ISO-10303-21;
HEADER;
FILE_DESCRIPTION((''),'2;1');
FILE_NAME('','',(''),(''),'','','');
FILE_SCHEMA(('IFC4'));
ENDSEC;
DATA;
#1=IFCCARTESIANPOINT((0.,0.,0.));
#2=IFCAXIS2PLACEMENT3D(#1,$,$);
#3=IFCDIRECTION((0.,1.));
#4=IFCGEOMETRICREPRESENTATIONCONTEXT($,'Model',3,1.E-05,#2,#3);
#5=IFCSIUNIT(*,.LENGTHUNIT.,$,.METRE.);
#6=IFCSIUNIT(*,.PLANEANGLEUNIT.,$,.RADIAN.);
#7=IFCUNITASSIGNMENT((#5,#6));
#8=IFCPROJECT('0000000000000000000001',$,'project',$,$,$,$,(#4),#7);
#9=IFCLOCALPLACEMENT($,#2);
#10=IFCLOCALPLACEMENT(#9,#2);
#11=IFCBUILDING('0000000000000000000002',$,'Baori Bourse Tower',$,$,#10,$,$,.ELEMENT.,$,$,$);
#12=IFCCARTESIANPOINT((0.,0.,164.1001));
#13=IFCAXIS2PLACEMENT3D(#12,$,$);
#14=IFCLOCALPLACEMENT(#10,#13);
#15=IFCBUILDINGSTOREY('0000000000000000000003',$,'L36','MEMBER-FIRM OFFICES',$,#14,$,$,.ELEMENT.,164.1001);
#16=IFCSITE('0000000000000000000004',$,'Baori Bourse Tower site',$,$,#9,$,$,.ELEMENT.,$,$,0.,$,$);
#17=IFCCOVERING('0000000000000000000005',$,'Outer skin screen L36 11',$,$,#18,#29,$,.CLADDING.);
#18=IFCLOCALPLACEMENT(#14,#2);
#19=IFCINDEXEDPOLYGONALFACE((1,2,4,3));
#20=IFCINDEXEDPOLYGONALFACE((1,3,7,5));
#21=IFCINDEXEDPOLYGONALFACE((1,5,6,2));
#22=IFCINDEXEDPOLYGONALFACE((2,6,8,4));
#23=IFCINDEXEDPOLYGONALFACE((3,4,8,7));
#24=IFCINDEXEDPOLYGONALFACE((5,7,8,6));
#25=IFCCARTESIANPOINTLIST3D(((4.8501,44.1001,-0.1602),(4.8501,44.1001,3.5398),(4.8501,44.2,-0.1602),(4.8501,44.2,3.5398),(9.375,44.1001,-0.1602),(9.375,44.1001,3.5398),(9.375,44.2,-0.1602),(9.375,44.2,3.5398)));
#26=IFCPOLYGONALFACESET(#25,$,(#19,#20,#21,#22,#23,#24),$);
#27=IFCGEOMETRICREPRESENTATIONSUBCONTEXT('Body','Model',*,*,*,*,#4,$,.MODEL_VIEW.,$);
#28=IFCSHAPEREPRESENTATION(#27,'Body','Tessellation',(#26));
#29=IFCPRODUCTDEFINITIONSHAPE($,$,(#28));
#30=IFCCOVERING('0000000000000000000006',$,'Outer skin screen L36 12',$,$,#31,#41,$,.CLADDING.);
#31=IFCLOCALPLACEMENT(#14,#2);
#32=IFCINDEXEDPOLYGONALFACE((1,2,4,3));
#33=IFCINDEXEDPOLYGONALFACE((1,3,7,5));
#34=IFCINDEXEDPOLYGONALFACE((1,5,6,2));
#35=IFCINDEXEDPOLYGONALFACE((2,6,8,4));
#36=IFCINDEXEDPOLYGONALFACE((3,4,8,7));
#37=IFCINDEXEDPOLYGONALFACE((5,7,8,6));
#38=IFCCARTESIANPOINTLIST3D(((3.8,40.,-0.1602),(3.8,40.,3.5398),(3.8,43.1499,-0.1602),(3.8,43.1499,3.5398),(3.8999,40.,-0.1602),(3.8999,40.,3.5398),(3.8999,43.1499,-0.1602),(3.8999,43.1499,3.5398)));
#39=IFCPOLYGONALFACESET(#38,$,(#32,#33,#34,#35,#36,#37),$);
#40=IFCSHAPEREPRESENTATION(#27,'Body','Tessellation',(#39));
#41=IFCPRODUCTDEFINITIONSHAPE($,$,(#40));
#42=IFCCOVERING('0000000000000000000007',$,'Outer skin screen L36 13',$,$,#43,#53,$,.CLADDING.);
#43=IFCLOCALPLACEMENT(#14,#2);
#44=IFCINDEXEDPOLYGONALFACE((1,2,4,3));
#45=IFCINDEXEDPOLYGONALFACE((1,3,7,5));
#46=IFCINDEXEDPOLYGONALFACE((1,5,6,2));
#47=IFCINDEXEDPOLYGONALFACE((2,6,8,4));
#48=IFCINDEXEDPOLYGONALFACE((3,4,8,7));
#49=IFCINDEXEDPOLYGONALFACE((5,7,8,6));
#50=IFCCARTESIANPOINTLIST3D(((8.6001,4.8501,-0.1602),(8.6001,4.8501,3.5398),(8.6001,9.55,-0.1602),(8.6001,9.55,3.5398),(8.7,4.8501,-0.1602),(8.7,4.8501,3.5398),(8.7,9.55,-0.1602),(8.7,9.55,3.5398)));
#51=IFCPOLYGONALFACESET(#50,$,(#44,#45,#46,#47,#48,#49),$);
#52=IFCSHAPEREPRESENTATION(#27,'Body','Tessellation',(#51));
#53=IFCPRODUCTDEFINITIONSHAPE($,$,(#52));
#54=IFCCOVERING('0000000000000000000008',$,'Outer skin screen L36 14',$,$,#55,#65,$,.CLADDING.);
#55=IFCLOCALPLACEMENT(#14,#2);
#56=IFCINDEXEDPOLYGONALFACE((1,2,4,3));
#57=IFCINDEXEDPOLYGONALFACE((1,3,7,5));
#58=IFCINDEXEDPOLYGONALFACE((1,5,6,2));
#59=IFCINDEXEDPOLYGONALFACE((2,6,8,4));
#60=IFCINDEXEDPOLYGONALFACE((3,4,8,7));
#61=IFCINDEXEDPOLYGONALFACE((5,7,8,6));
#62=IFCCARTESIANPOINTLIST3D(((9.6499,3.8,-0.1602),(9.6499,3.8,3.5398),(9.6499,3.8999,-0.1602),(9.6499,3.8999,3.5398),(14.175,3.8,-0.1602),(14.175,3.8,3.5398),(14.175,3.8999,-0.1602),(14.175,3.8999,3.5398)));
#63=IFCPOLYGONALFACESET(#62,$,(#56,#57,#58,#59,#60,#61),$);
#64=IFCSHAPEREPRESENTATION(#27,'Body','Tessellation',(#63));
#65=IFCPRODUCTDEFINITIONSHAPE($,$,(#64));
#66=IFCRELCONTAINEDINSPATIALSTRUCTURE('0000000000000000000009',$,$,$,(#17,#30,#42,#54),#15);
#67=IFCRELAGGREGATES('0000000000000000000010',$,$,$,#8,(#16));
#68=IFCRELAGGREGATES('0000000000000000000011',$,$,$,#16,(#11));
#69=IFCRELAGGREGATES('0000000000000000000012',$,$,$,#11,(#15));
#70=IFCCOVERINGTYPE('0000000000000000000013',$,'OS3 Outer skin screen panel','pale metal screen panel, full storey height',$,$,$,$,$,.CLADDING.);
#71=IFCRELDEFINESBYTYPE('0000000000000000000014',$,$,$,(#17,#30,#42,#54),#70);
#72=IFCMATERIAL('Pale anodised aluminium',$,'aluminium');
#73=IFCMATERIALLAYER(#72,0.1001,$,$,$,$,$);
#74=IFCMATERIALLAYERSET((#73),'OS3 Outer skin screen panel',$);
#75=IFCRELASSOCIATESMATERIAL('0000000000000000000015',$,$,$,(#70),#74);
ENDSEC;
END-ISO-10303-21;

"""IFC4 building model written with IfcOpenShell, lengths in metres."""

from ifc_helpers import new_model, si_unit, direction, frame, origin, place, context, subcontext, project, spatial, polyline, outline, extrude, material, layer, layer_set, type_object, element, save


model = new_model("IFC4")

# Units and contexts
model_context = context("Model", 3, precision=1e-05, world=origin(), true_north=direction((0.0, 1.0)))
body_context = subcontext(model_context, "Body", "Model", "MODEL_VIEW")
ifc_project = project(units=[si_unit("LENGTHUNIT", "METRE"), si_unit("PLANEANGLEUNIT", "RADIAN")], contexts=[model_context])

# Site, building, storey
site_placement = place(None, origin())
site = spatial("IfcSite", under=ifc_project, at=site_placement, Name="Baori Bourse Tower site", CompositionType="ELEMENT", RefElevation=0.0)
building_placement = place(site_placement, origin())
building = spatial("IfcBuilding", under=site, at=building_placement, Name="Baori Bourse Tower", CompositionType="ELEMENT")
storey_placement = place(building_placement, frame((0.0, 0.0, 164.1001)))
storey = spatial("IfcBuildingStorey", under=building, at=storey_placement, Name="L36", Description="MEMBER-FIRM OFFICES", CompositionType="ELEMENT", Elevation=164.1001)

# Coverings
ifc_material_1 = material(Name="Pale anodised aluminium", Category="aluminium")
ifc_layer_1 = layer(ifc_material_1, 0.1001)
ifc_layer_set_1 = layer_set([ifc_layer_1], Name="OS3 Outer skin screen panel")
covering_type = type_object("IfcCoveringType", Name="OS3 Outer skin screen panel", Description="pale metal screen panel, full storey height", PredefinedType="CLADDING", material=ifc_layer_set_1)
covering_1_placement = place(storey_placement, frame((0.0, 0.0, -0.1602)))
element("IfcCovering", 1, at=covering_1_placement, inside=storey, type_object=covering_type, Name="Outer skin screen L36 11", PredefinedType="CLADDING", context=body_context, shape_type="SweptSolid", body=[
    extrude(outline(polyline([(4.8501, 44.1001), (9.375, 44.1001), (9.375, 44.2), (4.8501, 44.2), (4.8501, 44.1001)])), origin(), (0.0, 0.0, 1.0), 3.7),
])
covering_2_placement = place(storey_placement, frame((0.0, 0.0, -0.1602)))
element("IfcCovering", 2, at=covering_2_placement, inside=storey, type_object=covering_type, Name="Outer skin screen L36 12", PredefinedType="CLADDING", context=body_context, shape_type="SweptSolid", body=[
    extrude(outline(polyline([(3.8999, 40.0), (3.8999, 43.1499), (3.8, 43.1499), (3.8, 40.0), (3.8999, 40.0), (3.8999, 40.0)])), origin(), (0.0, 0.0, 1.0), 3.7),
])
covering_3_placement = place(storey_placement, frame((0.0, 0.0, -0.1602)))
element("IfcCovering", 3, at=covering_3_placement, inside=storey, type_object=covering_type, Name="Outer skin screen L36 13", PredefinedType="CLADDING", context=body_context, shape_type="SweptSolid", body=[
    extrude(outline(polyline([(8.7, 4.8501), (8.7, 9.55), (8.6001, 9.55), (8.6001, 4.8501), (8.7, 4.8501)])), origin(), (0.0, 0.0, 1.0), 3.7),
])
covering_4_placement = place(storey_placement, frame((0.0, 0.0, -0.1602)))
element("IfcCovering", 4, at=covering_4_placement, inside=storey, type_object=covering_type, Name="Outer skin screen L36 14", PredefinedType="CLADDING", context=body_context, shape_type="SweptSolid", body=[
    extrude(outline(polyline([(14.175, 3.8999), (9.6499, 3.8999), (9.6499, 3.8), (14.175, 3.8), (14.175, 3.8999)])), origin(), (0.0, 0.0, 1.0), 3.7),
])

save(model, "model.ifc")
